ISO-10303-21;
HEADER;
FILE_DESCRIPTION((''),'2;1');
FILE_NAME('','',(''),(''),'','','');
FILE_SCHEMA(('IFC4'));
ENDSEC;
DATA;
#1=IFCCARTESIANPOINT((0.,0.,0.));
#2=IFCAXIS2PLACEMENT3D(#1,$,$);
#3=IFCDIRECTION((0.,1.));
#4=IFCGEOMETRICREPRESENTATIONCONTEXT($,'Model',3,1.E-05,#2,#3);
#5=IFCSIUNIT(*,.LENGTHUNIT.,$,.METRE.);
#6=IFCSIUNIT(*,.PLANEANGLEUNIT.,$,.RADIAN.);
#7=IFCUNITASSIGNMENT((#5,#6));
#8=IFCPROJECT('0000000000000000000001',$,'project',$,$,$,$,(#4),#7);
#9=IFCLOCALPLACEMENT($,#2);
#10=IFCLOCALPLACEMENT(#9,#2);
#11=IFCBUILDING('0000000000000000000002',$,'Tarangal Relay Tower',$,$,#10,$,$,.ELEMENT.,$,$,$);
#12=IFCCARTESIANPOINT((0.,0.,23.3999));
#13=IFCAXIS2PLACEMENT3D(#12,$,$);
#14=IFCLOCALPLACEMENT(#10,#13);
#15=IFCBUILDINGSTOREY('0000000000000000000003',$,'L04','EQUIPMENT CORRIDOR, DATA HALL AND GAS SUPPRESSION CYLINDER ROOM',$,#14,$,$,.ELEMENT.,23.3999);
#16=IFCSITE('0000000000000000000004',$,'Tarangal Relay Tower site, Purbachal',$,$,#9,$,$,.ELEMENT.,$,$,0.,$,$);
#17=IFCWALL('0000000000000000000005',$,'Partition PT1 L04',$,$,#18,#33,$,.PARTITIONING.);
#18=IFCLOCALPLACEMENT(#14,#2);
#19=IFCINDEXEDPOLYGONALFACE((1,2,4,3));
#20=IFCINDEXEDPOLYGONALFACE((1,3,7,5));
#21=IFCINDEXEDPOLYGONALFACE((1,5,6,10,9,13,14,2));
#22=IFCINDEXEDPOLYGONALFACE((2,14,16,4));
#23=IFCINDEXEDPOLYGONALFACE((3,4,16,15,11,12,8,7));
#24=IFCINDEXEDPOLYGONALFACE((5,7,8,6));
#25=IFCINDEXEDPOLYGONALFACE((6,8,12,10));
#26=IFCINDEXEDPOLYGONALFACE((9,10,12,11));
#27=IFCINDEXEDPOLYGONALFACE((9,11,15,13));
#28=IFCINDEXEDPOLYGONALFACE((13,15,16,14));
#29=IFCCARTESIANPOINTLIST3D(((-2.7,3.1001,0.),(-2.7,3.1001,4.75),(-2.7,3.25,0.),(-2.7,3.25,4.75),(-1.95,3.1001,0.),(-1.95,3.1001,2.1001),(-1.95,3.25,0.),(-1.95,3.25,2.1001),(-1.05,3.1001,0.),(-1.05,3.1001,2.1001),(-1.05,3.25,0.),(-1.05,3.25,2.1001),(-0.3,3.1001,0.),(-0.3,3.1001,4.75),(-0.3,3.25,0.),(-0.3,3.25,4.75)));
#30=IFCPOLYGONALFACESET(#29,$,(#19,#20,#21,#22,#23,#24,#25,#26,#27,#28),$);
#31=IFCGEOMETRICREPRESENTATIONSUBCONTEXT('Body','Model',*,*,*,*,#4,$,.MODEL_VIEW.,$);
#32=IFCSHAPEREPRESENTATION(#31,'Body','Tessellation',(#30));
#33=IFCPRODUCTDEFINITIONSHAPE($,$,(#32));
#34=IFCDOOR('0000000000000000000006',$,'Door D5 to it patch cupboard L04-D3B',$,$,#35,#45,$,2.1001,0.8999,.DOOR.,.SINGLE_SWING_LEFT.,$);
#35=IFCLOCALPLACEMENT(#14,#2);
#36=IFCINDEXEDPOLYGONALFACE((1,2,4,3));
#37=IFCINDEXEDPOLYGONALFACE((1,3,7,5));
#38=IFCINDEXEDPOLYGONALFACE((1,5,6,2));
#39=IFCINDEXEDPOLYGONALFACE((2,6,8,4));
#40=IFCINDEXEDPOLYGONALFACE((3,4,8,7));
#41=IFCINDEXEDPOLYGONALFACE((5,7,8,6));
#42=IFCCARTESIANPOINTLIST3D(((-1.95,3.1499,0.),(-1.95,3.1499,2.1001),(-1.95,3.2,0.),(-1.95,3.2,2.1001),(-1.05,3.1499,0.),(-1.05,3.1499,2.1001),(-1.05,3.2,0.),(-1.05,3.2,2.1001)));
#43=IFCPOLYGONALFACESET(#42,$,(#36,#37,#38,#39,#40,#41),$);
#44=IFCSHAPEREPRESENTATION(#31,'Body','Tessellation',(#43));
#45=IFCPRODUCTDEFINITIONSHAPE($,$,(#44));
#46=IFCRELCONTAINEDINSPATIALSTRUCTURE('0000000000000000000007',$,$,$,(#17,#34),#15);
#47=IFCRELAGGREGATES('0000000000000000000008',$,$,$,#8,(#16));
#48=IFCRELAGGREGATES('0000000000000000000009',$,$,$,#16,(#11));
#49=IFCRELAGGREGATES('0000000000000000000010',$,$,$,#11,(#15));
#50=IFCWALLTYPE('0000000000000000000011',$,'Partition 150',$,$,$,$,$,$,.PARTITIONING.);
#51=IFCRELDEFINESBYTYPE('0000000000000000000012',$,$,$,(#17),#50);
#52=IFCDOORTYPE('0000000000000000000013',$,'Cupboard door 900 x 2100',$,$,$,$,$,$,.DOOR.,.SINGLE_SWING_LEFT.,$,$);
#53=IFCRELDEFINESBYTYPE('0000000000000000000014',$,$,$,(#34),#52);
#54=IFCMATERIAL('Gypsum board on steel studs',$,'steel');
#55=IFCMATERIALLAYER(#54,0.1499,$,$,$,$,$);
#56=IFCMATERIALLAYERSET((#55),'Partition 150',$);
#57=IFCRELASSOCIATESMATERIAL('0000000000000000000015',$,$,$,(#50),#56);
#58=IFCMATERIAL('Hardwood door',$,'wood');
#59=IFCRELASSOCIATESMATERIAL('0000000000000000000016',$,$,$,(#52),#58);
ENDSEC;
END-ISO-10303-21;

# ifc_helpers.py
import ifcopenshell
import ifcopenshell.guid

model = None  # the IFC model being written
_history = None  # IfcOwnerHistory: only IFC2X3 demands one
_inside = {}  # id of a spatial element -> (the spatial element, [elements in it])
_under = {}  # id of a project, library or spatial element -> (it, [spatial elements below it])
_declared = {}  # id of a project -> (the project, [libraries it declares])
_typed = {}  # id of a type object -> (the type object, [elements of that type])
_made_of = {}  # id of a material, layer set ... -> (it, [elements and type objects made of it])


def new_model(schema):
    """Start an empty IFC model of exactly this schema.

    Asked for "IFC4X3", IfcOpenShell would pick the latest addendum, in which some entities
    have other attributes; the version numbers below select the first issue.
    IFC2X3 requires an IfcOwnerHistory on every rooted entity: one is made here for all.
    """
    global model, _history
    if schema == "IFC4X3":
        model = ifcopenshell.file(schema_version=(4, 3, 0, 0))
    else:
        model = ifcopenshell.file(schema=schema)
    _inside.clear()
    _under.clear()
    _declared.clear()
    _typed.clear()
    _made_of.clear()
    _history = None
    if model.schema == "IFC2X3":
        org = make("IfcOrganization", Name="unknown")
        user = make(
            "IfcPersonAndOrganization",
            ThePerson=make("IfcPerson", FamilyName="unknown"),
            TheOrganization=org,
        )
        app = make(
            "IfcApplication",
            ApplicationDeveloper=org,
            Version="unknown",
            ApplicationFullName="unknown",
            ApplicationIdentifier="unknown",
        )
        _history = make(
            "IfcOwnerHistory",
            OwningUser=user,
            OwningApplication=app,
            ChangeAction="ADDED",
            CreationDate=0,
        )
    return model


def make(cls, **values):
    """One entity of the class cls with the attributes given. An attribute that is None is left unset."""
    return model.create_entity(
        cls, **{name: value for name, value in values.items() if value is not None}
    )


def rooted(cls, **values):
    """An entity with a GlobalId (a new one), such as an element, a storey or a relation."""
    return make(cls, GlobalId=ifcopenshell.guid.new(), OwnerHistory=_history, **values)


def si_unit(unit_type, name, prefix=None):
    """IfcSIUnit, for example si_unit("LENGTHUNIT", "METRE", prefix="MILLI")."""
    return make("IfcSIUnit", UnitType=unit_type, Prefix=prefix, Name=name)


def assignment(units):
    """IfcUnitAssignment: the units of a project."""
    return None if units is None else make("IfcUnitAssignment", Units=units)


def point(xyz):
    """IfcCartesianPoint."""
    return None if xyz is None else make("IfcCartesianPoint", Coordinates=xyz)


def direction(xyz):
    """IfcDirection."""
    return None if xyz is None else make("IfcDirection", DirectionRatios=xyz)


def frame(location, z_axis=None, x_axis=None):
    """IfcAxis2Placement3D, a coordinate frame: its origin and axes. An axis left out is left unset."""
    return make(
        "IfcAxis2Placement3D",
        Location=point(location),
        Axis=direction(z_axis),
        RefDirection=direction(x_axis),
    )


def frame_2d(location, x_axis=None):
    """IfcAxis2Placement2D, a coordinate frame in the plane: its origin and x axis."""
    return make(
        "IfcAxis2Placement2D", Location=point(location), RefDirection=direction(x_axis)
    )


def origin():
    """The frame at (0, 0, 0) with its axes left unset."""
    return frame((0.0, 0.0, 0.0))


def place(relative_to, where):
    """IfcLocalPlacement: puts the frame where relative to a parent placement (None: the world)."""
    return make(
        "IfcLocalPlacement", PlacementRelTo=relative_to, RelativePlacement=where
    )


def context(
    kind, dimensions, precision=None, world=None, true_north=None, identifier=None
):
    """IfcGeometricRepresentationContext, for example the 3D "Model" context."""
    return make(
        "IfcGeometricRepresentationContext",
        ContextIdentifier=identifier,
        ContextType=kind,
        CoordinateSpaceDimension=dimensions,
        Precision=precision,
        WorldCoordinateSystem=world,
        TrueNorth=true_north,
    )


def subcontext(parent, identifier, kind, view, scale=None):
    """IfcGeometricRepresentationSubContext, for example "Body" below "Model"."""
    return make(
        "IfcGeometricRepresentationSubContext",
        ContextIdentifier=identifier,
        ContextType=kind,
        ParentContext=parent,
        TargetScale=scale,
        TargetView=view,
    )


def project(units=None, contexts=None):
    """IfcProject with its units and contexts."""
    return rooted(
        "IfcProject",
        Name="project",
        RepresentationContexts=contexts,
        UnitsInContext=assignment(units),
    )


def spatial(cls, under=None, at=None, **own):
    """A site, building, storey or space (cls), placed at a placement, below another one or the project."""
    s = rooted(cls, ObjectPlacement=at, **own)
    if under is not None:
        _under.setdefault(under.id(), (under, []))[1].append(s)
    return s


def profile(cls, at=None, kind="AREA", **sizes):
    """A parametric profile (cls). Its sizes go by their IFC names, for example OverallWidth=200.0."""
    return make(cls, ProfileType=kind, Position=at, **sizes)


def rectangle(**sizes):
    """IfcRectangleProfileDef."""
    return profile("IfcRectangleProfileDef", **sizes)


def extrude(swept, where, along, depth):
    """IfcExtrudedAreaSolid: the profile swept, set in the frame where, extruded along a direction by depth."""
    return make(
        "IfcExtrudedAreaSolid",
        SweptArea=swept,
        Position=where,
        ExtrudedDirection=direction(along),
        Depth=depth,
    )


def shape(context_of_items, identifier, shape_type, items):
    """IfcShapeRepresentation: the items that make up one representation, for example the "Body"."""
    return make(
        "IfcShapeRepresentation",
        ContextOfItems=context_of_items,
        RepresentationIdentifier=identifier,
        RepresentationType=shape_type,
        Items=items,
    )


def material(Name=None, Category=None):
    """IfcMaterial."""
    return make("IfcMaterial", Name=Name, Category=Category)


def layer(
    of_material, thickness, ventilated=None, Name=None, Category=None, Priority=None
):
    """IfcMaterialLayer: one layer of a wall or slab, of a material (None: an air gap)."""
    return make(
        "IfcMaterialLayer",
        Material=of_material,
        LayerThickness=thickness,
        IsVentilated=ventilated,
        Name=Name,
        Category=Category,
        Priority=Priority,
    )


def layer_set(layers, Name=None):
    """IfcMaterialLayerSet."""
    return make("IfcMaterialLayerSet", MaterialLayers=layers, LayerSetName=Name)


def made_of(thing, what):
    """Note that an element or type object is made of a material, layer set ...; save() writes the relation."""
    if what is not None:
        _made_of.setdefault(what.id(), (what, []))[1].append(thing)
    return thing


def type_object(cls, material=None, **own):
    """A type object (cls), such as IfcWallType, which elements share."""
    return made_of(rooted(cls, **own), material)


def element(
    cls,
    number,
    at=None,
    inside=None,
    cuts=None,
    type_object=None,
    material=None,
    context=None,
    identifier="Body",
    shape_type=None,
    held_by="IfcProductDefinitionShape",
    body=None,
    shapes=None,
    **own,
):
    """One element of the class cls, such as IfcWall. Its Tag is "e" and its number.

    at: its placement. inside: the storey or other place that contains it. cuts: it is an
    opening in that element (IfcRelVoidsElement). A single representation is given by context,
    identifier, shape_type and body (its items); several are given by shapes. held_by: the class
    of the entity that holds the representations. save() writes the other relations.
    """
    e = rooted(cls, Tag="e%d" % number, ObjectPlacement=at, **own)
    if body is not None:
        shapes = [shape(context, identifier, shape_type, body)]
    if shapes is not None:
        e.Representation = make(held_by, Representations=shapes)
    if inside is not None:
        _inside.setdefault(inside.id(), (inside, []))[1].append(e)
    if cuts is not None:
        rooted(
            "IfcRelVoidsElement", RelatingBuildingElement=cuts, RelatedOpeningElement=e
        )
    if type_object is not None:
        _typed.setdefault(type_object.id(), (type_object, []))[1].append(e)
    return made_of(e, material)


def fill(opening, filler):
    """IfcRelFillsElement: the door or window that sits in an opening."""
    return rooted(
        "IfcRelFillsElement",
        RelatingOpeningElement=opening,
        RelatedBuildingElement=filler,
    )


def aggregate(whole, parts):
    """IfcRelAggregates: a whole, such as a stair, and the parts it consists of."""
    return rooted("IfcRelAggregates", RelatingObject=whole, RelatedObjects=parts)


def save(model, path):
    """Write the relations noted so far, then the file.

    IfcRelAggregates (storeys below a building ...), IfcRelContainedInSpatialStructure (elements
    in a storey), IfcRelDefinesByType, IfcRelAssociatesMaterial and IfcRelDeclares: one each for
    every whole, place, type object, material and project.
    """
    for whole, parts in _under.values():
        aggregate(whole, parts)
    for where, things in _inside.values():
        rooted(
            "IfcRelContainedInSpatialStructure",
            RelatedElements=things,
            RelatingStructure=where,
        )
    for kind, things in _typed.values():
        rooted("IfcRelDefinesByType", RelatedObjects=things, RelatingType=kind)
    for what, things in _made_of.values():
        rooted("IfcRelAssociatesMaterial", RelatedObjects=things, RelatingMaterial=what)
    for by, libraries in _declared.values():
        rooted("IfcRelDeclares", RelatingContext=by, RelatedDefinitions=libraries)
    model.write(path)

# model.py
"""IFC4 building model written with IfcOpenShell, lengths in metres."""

from ifc_helpers import new_model, si_unit, direction, frame, frame_2d, origin, place, context, subcontext, project, spatial, rectangle, extrude, material, layer, layer_set, type_object, element, fill, save


model = new_model("IFC4")

# Units and contexts
model_context = context("Model", 3, precision=1e-05, world=origin(), true_north=direction((0.0, 1.0)))
body_context = subcontext(model_context, "Body", "Model", "MODEL_VIEW")
ifc_project = project(units=[si_unit("LENGTHUNIT", "METRE"), si_unit("PLANEANGLEUNIT", "RADIAN")], contexts=[model_context])

# Site, building, storey
site_placement = place(None, origin())
site = spatial("IfcSite", under=ifc_project, at=site_placement, Name="Tarangal Relay Tower site, Purbachal", CompositionType="ELEMENT", RefElevation=0.0)
building_placement = place(site_placement, origin())
building = spatial("IfcBuilding", under=site, at=building_placement, Name="Tarangal Relay Tower", CompositionType="ELEMENT")
storey_placement = place(building_placement, frame((0.0, 0.0, 23.3999)))
storey = spatial("IfcBuildingStorey", under=building, at=storey_placement, Name="L04", Description="EQUIPMENT CORRIDOR, DATA HALL AND GAS SUPPRESSION CYLINDER ROOM", CompositionType="ELEMENT", Elevation=23.3999)

# Wall, opening, door
ifc_material_1 = material(Name="Gypsum board on steel studs", Category="steel")
ifc_layer_1 = layer(ifc_material_1, 0.1499)
ifc_layer_set_1 = layer_set([ifc_layer_1], Name="Partition 150")
wall_type_1 = type_object("IfcWallType", Name="Partition 150", PredefinedType="PARTITIONING", material=ifc_layer_set_1)
wall_1_placement = place(storey_placement, frame((-2.7, 3.175, 0.0), z_axis=(0.0, 0.0, 1.0), x_axis=(1.0, 0.0, 0.0)))
wall_1 = element("IfcWall", 1, at=wall_1_placement, inside=storey, type_object=wall_type_1, Name="Partition PT1 L04", PredefinedType="PARTITIONING", context=body_context, shape_type="SweptSolid", body=[
    extrude(rectangle(XDim=2.3999, YDim=0.1499, at=frame_2d((1.2, 0.0))), origin(), (0.0, 0.0, 1.0), 4.75),
])
opening_1_placement = place(wall_1_placement, frame((0.75, 0.0, 0.0)))
opening_1 = element("IfcOpeningElement", 2, at=opening_1_placement, cuts=wall_1, PredefinedType="OPENING", context=body_context, shape_type="SweptSolid", body=[
    extrude(rectangle(XDim=0.8999, YDim=2.1001, at=frame_2d((0.45, 1.05))), frame((0.0, 0.085, 0.0), z_axis=(0.0, -1.0, 0.0), x_axis=(1.0, 0.0, 0.0)), (0.0, 0.0, 1.0), 0.1699),
])
ifc_material_2 = material(Name="Hardwood door", Category="wood")
door_type_1 = type_object("IfcDoorType", Name="Cupboard door 900 x 2100", OperationType="SINGLE_SWING_LEFT", PredefinedType="DOOR", material=ifc_material_2)
door_1_placement = place(opening_1_placement, origin())
door_1 = element("IfcDoor", 3, at=door_1_placement, inside=storey, type_object=door_type_1, Name="Door D5 to it patch cupboard L04-D3B", OperationType="SINGLE_SWING_LEFT", OverallHeight=2.1001, OverallWidth=0.8999, PredefinedType="DOOR", context=body_context, shape_type="SweptSolid", body=[
    extrude(rectangle(XDim=0.8999, YDim=2.1001, at=frame_2d((0.45, 1.05))), frame((0.0, 0.0249, 0.0), z_axis=(0.0, -1.0, 0.0), x_axis=(1.0, 0.0, 0.0)), (0.0, 0.0, 1.0), 0.05),
])
fill(opening_1, door_1)

save(model, "model.ifc")
